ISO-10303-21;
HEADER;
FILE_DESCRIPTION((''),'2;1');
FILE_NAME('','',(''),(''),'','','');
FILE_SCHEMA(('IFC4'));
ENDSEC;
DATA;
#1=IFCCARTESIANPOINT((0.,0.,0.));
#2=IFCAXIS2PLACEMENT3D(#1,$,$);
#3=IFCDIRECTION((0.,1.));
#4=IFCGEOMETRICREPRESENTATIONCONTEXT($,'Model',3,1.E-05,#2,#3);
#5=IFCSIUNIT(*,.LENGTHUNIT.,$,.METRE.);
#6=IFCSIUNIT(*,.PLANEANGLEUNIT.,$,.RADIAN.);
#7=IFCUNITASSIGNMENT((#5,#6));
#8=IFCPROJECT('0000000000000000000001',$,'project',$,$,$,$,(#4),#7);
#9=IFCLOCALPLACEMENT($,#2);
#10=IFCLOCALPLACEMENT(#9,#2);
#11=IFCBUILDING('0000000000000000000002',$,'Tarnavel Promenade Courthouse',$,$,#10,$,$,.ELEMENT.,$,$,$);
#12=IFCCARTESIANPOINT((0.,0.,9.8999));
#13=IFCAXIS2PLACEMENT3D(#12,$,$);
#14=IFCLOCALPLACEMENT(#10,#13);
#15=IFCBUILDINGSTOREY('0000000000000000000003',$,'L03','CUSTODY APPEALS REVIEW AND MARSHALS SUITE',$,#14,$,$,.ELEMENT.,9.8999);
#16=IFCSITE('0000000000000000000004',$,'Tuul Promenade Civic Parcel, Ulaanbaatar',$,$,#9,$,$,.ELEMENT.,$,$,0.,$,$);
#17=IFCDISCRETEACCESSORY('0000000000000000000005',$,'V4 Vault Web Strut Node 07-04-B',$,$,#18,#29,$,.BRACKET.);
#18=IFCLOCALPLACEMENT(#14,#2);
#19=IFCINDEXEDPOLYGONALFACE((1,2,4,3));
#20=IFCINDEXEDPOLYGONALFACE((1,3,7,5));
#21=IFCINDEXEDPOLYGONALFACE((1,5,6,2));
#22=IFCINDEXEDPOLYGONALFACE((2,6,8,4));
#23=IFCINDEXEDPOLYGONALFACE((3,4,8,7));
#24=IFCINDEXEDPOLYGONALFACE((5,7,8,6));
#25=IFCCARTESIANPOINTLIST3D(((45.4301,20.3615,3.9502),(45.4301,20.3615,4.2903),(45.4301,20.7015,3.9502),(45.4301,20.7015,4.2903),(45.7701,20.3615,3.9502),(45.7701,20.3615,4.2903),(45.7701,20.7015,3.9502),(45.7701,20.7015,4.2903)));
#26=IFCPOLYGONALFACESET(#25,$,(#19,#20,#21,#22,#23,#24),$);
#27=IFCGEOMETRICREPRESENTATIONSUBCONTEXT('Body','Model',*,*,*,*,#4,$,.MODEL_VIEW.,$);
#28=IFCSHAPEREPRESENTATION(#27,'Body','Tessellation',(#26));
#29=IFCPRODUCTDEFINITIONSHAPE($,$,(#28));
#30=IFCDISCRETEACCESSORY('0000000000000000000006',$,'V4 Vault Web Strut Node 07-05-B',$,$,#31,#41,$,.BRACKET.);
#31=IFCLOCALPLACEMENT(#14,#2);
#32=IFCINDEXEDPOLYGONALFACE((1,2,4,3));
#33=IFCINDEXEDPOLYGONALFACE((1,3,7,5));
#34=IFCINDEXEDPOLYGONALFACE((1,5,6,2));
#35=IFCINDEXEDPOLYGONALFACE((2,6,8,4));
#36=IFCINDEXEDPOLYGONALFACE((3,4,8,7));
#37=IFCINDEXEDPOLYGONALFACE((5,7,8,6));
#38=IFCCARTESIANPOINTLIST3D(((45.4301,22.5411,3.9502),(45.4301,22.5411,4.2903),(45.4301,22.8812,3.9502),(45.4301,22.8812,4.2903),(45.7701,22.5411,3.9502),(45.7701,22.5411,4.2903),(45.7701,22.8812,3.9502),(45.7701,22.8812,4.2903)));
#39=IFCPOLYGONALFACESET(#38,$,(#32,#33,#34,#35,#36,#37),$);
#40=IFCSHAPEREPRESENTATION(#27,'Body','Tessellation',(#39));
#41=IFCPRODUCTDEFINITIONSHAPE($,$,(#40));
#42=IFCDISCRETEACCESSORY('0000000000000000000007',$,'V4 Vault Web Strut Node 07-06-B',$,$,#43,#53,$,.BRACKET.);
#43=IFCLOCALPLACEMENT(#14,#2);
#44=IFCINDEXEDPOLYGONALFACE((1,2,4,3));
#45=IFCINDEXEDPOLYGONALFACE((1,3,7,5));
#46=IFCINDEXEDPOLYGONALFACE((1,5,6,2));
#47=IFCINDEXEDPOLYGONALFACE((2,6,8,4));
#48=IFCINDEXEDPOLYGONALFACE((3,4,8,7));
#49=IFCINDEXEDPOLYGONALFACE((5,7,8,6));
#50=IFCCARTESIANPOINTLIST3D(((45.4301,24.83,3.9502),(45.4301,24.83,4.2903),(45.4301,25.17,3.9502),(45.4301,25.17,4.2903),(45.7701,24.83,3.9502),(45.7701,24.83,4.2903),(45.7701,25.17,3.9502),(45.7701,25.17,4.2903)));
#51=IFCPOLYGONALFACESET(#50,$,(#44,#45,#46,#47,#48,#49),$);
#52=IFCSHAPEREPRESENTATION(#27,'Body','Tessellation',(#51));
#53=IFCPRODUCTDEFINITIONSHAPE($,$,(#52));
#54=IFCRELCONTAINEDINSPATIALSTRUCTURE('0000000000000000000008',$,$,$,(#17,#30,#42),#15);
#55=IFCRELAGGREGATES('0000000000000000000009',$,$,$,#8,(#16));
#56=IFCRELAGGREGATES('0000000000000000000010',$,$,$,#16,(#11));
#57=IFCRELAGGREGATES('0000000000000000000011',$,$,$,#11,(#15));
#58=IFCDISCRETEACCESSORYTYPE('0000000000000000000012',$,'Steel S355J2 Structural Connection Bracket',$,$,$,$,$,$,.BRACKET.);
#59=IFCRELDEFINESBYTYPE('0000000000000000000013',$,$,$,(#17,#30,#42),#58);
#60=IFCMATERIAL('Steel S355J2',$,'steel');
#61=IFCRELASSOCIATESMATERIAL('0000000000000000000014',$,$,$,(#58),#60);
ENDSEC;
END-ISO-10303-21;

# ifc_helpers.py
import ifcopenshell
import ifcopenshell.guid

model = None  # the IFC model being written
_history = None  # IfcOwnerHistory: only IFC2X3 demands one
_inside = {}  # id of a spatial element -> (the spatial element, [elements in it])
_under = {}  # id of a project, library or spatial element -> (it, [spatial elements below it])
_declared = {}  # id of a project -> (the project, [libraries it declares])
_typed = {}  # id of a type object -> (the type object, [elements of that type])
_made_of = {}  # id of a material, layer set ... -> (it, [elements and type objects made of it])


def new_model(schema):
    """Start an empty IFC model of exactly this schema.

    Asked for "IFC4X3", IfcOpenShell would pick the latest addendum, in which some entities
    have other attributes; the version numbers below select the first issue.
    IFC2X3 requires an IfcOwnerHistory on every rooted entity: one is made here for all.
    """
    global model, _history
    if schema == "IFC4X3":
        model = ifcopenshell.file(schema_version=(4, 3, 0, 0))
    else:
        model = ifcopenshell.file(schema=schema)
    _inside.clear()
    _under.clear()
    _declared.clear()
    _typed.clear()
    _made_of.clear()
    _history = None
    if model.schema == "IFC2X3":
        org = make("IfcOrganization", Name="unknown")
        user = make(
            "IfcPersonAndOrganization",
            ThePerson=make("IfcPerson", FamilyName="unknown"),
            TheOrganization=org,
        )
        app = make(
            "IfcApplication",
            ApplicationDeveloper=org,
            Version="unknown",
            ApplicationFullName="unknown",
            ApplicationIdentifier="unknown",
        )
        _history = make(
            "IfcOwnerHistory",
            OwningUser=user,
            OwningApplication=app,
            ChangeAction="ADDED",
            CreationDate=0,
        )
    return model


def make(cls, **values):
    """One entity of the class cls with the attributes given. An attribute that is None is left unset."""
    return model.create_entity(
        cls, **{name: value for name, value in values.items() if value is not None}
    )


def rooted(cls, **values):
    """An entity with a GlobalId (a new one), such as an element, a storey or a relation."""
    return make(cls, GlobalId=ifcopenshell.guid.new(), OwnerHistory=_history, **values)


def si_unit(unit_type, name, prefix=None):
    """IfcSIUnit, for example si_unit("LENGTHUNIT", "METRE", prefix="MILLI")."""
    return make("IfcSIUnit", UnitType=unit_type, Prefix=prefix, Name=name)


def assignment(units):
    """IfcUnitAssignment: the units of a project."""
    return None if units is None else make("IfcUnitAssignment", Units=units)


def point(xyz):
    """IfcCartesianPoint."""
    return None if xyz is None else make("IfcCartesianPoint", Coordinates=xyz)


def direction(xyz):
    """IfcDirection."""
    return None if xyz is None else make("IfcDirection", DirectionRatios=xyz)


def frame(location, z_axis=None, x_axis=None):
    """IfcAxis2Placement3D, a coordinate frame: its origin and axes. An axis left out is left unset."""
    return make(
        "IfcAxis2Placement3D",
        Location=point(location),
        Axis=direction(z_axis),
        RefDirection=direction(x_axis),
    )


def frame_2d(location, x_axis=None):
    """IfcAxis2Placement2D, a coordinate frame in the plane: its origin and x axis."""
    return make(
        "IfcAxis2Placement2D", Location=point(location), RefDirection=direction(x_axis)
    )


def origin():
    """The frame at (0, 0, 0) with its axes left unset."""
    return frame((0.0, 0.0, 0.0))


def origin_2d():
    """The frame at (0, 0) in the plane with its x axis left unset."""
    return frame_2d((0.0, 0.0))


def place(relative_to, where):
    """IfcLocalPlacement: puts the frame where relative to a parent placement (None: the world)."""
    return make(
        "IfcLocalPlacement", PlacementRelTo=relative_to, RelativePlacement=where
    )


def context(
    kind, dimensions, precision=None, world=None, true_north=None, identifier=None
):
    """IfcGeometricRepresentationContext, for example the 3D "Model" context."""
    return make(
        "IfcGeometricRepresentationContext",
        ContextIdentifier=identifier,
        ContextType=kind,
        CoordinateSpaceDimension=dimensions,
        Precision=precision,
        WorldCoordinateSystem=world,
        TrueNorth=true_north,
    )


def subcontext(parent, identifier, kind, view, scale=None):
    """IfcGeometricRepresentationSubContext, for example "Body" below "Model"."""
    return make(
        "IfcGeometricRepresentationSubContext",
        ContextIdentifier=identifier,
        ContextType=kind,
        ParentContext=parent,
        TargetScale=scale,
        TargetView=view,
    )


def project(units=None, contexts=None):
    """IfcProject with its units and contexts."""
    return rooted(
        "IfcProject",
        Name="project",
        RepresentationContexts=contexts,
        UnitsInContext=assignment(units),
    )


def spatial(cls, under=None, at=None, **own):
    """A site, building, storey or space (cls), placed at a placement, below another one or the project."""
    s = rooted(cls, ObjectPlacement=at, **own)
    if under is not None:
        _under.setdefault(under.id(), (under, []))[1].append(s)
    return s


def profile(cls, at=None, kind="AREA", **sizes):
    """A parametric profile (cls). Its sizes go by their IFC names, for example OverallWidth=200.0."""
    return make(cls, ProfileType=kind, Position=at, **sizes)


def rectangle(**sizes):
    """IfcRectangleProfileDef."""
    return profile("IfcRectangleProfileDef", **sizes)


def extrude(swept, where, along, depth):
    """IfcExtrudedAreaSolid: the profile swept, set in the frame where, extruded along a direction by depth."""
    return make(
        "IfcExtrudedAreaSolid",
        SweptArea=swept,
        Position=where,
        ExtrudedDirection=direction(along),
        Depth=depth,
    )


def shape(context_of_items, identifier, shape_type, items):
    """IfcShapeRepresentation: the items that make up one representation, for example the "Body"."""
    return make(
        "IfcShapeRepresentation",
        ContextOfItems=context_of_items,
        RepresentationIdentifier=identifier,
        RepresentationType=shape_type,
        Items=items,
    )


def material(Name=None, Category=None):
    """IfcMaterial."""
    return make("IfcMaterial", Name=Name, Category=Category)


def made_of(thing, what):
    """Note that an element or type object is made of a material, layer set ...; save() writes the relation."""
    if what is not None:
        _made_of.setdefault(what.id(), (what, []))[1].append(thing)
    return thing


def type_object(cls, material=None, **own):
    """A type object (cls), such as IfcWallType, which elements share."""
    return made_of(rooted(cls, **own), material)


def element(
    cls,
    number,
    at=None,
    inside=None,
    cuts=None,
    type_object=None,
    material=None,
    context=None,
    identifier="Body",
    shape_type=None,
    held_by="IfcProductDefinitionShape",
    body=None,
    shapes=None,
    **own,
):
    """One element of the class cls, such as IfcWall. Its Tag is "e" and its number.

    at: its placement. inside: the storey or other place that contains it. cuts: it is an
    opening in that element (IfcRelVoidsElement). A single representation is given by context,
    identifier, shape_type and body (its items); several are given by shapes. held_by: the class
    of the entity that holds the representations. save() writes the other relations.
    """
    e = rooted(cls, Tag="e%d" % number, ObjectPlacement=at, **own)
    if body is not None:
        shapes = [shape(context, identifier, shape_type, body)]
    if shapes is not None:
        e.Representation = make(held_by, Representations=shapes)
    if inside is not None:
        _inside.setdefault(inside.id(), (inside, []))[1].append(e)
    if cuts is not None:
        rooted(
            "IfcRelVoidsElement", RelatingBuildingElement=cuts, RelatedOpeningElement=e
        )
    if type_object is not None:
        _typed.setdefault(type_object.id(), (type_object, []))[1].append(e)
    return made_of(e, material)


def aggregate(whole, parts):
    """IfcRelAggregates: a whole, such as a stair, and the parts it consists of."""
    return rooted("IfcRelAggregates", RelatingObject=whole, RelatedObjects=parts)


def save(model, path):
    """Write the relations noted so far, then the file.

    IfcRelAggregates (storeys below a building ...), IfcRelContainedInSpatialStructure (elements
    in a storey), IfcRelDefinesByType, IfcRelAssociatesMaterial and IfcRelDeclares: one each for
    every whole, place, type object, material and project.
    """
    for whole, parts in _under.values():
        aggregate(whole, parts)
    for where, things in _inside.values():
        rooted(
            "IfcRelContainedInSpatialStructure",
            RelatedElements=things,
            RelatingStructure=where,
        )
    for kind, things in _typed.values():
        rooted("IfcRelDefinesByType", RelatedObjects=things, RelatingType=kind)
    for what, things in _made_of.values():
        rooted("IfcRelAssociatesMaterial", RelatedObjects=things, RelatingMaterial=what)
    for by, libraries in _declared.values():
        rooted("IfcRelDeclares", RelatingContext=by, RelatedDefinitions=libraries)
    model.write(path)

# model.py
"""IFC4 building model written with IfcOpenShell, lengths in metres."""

from ifc_helpers import new_model, si_unit, direction, frame, origin, origin_2d, place, context, subcontext, project, spatial, rectangle, extrude, material, type_object, element, save


model = new_model("IFC4")

# Units and contexts
model_context = context("Model", 3, precision=1e-05, world=origin(), true_north=direction((0.0, 1.0)))
body_context = subcontext(model_context, "Body", "Model", "MODEL_VIEW")
ifc_project = project(units=[si_unit("LENGTHUNIT", "METRE"), si_unit("PLANEANGLEUNIT", "RADIAN")], contexts=[model_context])

# Site, building, storey
site_placement = place(None, origin())
site = spatial("IfcSite", under=ifc_project, at=site_placement, Name="Tuul Promenade Civic Parcel, Ulaanbaatar", CompositionType="ELEMENT", RefElevation=0.0)
building_placement = place(site_placement, origin())
building = spatial("IfcBuilding", under=site, at=building_placement, Name="Tarnavel Promenade Courthouse", CompositionType="ELEMENT")
storey_placement = place(building_placement, frame((0.0, 0.0, 9.8999)))
storey = spatial("IfcBuildingStorey", under=building, at=storey_placement, Name="L03", Description="CUSTODY APPEALS REVIEW AND MARSHALS SUITE", CompositionType="ELEMENT", Elevation=9.8999)

# Shared definitions
ifc_material_1 = material(Name="Steel S355J2", Category="steel")

# Discrete accessories
discrete_accessory_type = type_object("IfcDiscreteAccessoryType", Name="Steel S355J2 Structural Connection Bracket", PredefinedType="BRACKET", material=ifc_material_1)
for number, where, z_axis, x_axis, name in (
    (1, (45.6001, 20.5315, 3.9502), (0.0, 0.0, 1.0), (1.0, 0.0, 0.0), "V4 Vault Web Strut Node 07-04-B"),
    (2, (45.6001, 22.7112, 3.9502), (0.0, 0.0, 1.0), (1.0, 0.0, 0.0), "V4 Vault Web Strut Node 07-05-B"),
    (3, (45.6001, 25.0, 3.9502), (0.0, 0.0, 1.0), (1.0, 0.0, 0.0), "V4 Vault Web Strut Node 07-06-B"),
):
    element("IfcDiscreteAccessory", number, at=place(storey_placement, frame(where, z_axis=z_axis, x_axis=x_axis)), inside=storey, type_object=discrete_accessory_type, Name=name, PredefinedType="BRACKET", context=body_context, shape_type="SweptSolid", body=[
        extrude(rectangle(XDim=0.3401, YDim=0.3401, at=origin_2d()), origin(), (0.0, 0.0, 1.0), 0.3401),
    ])

save(model, "model.ifc")
